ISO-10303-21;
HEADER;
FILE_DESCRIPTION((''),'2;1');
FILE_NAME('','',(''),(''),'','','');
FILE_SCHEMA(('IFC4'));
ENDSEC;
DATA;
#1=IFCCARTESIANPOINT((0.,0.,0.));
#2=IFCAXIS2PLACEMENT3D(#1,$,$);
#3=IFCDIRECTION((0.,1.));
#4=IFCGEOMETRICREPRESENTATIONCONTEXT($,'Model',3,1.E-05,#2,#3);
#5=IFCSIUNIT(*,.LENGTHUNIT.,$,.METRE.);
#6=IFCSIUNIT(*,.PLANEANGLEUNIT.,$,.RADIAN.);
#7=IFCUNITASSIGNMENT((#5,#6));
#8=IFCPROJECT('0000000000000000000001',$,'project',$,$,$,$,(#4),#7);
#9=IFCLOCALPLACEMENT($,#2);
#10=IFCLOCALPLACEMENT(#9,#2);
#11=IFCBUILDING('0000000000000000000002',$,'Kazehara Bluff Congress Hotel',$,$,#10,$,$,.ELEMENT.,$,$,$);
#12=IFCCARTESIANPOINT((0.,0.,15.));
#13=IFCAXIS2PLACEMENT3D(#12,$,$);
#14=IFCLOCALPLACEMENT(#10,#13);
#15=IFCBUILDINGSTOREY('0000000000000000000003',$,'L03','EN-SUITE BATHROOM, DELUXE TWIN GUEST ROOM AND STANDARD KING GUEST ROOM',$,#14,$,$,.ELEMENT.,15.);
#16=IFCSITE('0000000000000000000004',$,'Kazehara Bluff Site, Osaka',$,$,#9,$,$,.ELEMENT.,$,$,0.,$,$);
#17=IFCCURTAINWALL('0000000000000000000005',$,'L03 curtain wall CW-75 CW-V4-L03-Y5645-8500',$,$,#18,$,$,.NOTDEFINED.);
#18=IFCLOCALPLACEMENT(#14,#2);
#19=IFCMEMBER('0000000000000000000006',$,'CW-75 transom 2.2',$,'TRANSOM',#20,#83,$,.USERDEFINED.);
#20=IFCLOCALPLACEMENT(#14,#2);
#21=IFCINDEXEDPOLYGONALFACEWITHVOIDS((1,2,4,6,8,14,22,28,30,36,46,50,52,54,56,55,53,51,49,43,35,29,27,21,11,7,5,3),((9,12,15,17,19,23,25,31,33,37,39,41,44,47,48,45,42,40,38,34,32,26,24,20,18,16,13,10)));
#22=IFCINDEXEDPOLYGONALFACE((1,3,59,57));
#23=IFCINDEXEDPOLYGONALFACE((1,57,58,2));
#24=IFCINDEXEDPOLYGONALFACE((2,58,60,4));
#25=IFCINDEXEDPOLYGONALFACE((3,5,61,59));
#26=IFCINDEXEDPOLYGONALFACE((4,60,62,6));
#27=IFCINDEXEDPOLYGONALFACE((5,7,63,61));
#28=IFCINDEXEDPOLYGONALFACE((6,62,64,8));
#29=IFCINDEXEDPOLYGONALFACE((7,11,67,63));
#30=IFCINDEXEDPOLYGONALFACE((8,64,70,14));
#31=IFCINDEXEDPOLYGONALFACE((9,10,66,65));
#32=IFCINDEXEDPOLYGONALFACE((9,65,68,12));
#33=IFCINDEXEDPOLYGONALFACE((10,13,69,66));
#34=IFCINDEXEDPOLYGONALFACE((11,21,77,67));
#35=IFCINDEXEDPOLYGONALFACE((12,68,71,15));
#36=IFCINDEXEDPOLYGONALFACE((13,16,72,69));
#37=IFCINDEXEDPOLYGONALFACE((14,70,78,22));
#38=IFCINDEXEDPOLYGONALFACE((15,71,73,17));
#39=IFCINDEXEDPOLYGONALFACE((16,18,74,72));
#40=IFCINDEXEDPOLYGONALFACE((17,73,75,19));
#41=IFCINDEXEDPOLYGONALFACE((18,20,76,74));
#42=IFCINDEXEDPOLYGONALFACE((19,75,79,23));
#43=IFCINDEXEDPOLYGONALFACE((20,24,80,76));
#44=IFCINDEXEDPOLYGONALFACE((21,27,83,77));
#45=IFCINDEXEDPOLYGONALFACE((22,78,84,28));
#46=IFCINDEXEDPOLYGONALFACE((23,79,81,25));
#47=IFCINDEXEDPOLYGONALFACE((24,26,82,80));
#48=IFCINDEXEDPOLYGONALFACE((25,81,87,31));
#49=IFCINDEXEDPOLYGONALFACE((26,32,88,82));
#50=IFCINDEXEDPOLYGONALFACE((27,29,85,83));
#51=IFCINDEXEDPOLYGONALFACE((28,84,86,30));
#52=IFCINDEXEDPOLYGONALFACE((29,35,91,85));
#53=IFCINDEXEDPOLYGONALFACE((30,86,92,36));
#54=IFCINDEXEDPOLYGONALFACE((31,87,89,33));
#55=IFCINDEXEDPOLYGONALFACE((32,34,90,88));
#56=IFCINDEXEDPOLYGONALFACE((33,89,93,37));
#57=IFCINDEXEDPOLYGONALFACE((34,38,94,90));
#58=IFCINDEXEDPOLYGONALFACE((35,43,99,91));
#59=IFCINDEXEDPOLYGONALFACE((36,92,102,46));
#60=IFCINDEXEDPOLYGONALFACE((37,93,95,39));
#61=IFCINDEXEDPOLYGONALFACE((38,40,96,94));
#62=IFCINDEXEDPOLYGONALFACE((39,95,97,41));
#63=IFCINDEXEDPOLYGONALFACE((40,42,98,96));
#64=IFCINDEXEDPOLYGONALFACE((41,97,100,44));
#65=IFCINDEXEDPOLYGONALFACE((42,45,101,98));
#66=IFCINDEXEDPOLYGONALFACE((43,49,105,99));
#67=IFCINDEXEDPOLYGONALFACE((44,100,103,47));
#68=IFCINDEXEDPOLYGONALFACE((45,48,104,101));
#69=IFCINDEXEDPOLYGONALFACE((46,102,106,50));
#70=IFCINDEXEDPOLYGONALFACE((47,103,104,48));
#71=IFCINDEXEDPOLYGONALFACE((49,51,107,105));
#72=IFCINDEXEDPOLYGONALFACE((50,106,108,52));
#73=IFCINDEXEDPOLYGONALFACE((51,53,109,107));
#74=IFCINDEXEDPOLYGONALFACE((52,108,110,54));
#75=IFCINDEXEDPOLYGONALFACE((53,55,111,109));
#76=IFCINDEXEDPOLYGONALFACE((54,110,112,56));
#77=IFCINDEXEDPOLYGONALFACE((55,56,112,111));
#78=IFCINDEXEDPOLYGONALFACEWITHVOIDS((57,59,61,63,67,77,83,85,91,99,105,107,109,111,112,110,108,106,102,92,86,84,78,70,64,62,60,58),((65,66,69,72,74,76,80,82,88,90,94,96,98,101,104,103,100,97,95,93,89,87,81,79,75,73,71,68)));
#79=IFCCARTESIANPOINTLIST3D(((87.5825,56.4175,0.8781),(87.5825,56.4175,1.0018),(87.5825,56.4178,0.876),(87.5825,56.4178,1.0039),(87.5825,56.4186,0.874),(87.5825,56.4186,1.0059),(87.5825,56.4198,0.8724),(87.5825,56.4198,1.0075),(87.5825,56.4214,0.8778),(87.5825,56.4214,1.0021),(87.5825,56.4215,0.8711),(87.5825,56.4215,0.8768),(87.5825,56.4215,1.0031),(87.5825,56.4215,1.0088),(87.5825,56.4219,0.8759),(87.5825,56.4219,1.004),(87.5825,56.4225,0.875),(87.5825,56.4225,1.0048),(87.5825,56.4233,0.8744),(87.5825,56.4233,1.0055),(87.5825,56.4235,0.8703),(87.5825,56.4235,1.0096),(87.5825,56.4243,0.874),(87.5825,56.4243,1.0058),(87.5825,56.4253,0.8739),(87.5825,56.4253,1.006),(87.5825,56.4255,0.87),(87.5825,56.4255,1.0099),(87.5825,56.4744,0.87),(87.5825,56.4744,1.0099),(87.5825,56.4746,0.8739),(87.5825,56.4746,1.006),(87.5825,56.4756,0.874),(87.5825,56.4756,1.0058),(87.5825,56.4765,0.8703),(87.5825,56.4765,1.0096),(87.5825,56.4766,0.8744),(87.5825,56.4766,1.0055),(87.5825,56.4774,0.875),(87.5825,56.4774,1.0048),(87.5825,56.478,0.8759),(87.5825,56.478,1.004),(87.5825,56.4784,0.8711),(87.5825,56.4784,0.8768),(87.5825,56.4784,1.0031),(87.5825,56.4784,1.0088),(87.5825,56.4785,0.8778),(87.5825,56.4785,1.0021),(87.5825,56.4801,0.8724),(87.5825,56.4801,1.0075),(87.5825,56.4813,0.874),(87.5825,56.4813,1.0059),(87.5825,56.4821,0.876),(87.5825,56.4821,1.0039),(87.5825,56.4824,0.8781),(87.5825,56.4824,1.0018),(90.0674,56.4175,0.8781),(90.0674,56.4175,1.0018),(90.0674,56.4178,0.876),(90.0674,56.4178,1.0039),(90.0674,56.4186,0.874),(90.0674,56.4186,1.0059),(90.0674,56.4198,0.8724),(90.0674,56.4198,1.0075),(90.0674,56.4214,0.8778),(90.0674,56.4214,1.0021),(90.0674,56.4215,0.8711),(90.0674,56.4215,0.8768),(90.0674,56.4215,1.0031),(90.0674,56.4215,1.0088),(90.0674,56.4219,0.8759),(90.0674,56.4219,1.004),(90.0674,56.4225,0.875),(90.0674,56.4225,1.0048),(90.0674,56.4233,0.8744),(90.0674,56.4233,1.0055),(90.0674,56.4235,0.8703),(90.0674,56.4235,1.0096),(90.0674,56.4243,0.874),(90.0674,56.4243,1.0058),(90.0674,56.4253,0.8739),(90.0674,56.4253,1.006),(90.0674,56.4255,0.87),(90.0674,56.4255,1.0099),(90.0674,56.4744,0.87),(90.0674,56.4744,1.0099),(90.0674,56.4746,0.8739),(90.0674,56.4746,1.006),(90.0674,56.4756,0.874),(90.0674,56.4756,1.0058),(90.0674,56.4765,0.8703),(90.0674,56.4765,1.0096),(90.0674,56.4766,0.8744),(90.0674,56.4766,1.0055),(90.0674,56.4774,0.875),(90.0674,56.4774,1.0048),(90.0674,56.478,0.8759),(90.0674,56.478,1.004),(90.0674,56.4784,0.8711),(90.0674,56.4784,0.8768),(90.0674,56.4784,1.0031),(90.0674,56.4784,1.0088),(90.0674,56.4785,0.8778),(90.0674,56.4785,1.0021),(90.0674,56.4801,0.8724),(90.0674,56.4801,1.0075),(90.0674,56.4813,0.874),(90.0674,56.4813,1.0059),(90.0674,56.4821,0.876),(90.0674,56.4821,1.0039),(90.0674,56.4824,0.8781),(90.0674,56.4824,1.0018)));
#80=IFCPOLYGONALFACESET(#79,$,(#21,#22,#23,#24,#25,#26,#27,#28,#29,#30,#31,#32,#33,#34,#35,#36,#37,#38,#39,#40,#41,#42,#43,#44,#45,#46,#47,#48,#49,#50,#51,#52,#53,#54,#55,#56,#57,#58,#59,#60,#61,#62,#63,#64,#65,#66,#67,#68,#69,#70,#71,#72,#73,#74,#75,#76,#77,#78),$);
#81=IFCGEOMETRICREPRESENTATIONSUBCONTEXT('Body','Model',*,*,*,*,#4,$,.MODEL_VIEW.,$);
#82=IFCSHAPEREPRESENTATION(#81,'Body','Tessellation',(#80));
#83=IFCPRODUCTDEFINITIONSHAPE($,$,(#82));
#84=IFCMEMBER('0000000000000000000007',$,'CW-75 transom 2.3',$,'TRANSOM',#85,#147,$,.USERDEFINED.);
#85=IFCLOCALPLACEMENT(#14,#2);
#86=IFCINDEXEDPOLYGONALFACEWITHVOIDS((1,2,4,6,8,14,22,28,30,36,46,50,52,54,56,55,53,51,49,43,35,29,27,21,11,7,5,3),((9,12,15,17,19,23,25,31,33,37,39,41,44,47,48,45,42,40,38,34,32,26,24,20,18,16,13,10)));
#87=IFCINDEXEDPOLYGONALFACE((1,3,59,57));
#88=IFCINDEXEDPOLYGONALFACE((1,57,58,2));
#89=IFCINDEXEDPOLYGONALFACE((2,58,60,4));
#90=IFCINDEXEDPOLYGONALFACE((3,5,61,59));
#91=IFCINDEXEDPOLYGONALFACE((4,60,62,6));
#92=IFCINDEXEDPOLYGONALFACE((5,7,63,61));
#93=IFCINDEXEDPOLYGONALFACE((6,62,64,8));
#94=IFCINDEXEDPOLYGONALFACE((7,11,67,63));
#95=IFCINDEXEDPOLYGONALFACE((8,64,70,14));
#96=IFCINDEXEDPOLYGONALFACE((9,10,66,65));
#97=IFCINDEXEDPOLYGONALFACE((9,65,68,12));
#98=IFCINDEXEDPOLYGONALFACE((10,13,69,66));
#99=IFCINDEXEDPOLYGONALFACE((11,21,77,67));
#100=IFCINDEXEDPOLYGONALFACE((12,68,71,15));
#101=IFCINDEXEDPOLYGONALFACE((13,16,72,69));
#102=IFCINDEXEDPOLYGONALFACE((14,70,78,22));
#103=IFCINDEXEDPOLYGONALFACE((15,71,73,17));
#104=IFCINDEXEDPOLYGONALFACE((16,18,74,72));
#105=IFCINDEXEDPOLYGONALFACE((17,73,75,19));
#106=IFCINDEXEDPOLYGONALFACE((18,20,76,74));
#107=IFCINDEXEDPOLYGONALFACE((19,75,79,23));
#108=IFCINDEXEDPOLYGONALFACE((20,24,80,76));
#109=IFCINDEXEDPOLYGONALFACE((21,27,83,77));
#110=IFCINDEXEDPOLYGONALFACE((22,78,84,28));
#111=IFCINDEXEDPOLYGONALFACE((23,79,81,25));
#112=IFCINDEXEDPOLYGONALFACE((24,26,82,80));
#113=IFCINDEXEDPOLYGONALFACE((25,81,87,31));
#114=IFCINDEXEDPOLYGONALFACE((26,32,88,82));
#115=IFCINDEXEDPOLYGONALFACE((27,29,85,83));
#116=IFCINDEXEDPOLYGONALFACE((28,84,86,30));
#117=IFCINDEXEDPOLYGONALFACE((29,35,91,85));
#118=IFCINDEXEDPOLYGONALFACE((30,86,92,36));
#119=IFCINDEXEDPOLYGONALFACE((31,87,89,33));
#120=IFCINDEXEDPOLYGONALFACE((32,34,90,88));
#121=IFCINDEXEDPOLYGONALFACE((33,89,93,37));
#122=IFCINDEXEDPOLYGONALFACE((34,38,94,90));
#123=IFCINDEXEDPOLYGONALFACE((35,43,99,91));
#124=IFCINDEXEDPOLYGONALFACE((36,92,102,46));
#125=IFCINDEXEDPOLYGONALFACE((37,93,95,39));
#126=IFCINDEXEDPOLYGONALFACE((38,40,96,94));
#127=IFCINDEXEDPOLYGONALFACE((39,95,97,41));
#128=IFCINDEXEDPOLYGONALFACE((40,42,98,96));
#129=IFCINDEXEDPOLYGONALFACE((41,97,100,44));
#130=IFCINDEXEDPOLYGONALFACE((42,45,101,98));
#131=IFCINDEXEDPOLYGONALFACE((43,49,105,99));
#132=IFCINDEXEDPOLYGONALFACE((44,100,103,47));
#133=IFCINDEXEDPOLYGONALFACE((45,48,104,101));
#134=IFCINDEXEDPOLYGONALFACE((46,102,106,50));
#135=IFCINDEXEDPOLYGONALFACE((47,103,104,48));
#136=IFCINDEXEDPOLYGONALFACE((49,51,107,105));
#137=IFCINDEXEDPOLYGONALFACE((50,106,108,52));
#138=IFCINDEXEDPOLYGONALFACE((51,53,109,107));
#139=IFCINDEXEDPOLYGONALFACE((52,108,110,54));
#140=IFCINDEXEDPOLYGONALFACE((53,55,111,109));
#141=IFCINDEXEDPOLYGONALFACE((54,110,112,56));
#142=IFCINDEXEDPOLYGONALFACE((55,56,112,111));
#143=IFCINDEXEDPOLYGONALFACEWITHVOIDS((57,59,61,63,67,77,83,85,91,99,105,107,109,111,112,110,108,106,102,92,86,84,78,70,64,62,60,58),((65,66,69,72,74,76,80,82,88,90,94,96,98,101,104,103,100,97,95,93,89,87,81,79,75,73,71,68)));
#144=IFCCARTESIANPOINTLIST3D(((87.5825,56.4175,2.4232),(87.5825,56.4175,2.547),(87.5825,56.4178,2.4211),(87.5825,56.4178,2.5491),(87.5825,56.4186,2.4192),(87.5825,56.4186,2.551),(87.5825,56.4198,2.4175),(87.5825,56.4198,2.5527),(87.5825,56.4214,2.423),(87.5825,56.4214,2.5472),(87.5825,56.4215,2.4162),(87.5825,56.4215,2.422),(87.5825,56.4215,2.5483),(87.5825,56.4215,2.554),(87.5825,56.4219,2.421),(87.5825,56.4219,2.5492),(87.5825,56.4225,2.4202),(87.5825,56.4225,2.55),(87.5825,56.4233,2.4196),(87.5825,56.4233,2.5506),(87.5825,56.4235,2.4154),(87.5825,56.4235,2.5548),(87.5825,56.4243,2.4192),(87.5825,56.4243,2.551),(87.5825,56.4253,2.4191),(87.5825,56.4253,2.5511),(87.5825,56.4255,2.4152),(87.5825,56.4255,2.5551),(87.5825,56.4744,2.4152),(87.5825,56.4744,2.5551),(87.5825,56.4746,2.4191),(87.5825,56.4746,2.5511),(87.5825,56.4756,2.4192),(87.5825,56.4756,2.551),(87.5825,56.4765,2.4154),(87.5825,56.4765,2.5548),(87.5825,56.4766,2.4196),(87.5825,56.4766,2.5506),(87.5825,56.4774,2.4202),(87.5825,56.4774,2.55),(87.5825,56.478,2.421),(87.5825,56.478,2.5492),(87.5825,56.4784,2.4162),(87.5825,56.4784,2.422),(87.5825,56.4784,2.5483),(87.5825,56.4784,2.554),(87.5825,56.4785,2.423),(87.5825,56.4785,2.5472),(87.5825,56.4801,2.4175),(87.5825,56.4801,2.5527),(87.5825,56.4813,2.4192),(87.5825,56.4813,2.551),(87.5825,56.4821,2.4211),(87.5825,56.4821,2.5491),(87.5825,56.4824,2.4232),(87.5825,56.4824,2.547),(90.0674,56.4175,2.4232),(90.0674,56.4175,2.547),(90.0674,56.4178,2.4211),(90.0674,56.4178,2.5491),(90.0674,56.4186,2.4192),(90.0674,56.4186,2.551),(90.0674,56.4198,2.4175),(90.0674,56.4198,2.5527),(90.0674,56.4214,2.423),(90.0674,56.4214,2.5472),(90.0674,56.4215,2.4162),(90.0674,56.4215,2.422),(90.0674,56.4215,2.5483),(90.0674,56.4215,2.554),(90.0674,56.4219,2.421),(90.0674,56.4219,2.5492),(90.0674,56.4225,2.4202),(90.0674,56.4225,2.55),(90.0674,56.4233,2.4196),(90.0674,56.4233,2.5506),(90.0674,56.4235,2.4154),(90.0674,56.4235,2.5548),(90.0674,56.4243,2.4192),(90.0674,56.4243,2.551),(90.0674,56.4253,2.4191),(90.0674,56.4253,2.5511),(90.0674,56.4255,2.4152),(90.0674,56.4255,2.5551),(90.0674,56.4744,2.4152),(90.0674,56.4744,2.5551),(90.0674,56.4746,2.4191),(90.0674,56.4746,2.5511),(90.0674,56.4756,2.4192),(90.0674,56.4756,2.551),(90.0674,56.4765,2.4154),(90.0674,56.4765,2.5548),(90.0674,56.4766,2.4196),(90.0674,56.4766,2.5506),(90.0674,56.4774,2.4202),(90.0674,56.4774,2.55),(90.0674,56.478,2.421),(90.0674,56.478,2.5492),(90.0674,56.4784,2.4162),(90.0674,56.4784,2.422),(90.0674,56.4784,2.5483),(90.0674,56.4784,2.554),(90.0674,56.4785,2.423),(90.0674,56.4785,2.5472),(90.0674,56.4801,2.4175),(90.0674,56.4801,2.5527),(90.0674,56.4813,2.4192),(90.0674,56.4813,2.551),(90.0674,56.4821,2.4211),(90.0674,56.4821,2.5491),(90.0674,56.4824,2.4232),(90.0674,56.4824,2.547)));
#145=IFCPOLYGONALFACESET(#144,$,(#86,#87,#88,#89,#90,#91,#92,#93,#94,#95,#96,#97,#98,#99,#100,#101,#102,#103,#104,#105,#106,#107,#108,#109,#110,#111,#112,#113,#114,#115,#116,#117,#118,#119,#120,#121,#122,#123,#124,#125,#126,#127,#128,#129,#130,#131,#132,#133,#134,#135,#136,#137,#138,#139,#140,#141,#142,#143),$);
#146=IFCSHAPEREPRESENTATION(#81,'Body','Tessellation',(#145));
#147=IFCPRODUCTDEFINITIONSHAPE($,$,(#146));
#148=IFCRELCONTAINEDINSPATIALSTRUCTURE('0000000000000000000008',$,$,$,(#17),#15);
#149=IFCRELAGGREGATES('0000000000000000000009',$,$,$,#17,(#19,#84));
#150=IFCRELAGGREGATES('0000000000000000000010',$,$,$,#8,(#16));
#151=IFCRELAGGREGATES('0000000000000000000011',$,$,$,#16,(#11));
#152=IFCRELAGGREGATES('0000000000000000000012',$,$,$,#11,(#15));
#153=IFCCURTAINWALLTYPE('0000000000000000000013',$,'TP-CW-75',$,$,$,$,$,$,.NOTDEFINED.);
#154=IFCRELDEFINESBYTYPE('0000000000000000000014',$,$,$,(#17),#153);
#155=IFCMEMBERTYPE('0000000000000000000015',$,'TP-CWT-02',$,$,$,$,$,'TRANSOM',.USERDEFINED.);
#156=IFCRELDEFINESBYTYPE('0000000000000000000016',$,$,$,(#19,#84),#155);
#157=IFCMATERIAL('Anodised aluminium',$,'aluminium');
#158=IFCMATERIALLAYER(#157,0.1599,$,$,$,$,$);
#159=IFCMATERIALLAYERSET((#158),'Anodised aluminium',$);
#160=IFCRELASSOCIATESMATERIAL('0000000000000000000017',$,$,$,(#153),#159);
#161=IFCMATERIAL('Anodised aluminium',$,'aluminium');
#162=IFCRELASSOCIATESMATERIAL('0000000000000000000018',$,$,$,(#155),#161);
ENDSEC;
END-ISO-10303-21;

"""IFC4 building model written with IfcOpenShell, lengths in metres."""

from ifc_helpers import new_model, si_unit, direction, frame, origin, origin_2d, place, context, subcontext, project, spatial, hollow_rectangle, extrude, material, layer, layer_set, material_profile, profile_set, type_object, element, aggregate, save


model = new_model("IFC4")

# Units and contexts
model_context = context("Model", 3, precision=1e-05, world=origin(), true_north=direction((0.0, 1.0)))
body_context = subcontext(model_context, "Body", "Model", "MODEL_VIEW")
ifc_project = project(units=[si_unit("LENGTHUNIT", "METRE"), si_unit("PLANEANGLEUNIT", "RADIAN")], contexts=[model_context])

# Site, building, storey
site_placement = place(None, origin())
site = spatial("IfcSite", under=ifc_project, at=site_placement, Name="Kazehara Bluff Site, Osaka", CompositionType="ELEMENT", RefElevation=0.0)
building_placement = place(site_placement, origin())
building = spatial("IfcBuilding", under=site, at=building_placement, Name="Kazehara Bluff Congress Hotel", CompositionType="ELEMENT")
storey_placement = place(building_placement, frame((0.0, 0.0, 15.0)))
storey = spatial("IfcBuildingStorey", under=building, at=storey_placement, Name="L03", Description="EN-SUITE BATHROOM, DELUXE TWIN GUEST ROOM AND STANDARD KING GUEST ROOM", CompositionType="ELEMENT", Elevation=15.0)

# Curtain wall, members
ifc_material_1 = material(Name="Anodised aluminium", Category="aluminium")
ifc_layer_1 = layer(ifc_material_1, 0.1599)
ifc_layer_set_1 = layer_set([ifc_layer_1], Name="Anodised aluminium")
curtain_wall_type = type_object("IfcCurtainWallType", Name="TP-CW-75", PredefinedType="NOTDEFINED", material=ifc_layer_set_1)
curtain_wall_placement = place(storey_placement, origin())
curtain_wall = element("IfcCurtainWall", 1, at=curtain_wall_placement, inside=storey, type_object=curtain_wall_type, Name="L03 curtain wall CW-75 CW-V4-L03-Y5645-8500", PredefinedType="NOTDEFINED")
ifc_material_2 = material(Name="Anodised aluminium", Category="aluminium")
ifc_material_profile_1 = material_profile(ifc_material_2, hollow_rectangle(XDim=0.0649, YDim=0.1399, WallThickness=0.0039, InnerFilletRadius=0.0039, OuterFilletRadius=0.0081, at=origin_2d()))
ifc_profile_set_1 = profile_set([ifc_material_profile_1], Name="Anodised aluminium")
member_type_1 = type_object("IfcMemberType", Name="TP-CWT-02", ElementType="TRANSOM", PredefinedType="USERDEFINED", material=ifc_profile_set_1)
member_1_placement = place(storey_placement, frame((87.5825, 56.45, 0.9399), z_axis=(1.0, 0.0, 0.0), x_axis=(0.0, 1.0, 0.0)))
member_1 = element("IfcMember", 2, at=member_1_placement, type_object=member_type_1, Name="CW-75 transom 2.2", ObjectType="TRANSOM", PredefinedType="USERDEFINED", context=body_context, shape_type="SweptSolid", body=[
    extrude(hollow_rectangle(XDim=0.0649, YDim=0.1399, WallThickness=0.0039, InnerFilletRadius=0.0039, OuterFilletRadius=0.0081, at=origin_2d()), origin(), (0.0, 0.0, 1.0), 2.4849),
])
member_2_placement = place(storey_placement, frame((87.5825, 56.45, 2.4851), z_axis=(1.0, 0.0, 0.0), x_axis=(0.0, 1.0, 0.0)))
member_2 = element("IfcMember", 3, at=member_2_placement, type_object=member_type_1, Name="CW-75 transom 2.3", ObjectType="TRANSOM", PredefinedType="USERDEFINED", context=body_context, shape_type="SweptSolid", body=[
    extrude(hollow_rectangle(XDim=0.0649, YDim=0.1399, WallThickness=0.0039, InnerFilletRadius=0.0039, OuterFilletRadius=0.0081, at=origin_2d()), origin(), (0.0, 0.0, 1.0), 2.4849),
])

aggregate(curtain_wall, [member_1, member_2])

save(model, "model.ifc")
